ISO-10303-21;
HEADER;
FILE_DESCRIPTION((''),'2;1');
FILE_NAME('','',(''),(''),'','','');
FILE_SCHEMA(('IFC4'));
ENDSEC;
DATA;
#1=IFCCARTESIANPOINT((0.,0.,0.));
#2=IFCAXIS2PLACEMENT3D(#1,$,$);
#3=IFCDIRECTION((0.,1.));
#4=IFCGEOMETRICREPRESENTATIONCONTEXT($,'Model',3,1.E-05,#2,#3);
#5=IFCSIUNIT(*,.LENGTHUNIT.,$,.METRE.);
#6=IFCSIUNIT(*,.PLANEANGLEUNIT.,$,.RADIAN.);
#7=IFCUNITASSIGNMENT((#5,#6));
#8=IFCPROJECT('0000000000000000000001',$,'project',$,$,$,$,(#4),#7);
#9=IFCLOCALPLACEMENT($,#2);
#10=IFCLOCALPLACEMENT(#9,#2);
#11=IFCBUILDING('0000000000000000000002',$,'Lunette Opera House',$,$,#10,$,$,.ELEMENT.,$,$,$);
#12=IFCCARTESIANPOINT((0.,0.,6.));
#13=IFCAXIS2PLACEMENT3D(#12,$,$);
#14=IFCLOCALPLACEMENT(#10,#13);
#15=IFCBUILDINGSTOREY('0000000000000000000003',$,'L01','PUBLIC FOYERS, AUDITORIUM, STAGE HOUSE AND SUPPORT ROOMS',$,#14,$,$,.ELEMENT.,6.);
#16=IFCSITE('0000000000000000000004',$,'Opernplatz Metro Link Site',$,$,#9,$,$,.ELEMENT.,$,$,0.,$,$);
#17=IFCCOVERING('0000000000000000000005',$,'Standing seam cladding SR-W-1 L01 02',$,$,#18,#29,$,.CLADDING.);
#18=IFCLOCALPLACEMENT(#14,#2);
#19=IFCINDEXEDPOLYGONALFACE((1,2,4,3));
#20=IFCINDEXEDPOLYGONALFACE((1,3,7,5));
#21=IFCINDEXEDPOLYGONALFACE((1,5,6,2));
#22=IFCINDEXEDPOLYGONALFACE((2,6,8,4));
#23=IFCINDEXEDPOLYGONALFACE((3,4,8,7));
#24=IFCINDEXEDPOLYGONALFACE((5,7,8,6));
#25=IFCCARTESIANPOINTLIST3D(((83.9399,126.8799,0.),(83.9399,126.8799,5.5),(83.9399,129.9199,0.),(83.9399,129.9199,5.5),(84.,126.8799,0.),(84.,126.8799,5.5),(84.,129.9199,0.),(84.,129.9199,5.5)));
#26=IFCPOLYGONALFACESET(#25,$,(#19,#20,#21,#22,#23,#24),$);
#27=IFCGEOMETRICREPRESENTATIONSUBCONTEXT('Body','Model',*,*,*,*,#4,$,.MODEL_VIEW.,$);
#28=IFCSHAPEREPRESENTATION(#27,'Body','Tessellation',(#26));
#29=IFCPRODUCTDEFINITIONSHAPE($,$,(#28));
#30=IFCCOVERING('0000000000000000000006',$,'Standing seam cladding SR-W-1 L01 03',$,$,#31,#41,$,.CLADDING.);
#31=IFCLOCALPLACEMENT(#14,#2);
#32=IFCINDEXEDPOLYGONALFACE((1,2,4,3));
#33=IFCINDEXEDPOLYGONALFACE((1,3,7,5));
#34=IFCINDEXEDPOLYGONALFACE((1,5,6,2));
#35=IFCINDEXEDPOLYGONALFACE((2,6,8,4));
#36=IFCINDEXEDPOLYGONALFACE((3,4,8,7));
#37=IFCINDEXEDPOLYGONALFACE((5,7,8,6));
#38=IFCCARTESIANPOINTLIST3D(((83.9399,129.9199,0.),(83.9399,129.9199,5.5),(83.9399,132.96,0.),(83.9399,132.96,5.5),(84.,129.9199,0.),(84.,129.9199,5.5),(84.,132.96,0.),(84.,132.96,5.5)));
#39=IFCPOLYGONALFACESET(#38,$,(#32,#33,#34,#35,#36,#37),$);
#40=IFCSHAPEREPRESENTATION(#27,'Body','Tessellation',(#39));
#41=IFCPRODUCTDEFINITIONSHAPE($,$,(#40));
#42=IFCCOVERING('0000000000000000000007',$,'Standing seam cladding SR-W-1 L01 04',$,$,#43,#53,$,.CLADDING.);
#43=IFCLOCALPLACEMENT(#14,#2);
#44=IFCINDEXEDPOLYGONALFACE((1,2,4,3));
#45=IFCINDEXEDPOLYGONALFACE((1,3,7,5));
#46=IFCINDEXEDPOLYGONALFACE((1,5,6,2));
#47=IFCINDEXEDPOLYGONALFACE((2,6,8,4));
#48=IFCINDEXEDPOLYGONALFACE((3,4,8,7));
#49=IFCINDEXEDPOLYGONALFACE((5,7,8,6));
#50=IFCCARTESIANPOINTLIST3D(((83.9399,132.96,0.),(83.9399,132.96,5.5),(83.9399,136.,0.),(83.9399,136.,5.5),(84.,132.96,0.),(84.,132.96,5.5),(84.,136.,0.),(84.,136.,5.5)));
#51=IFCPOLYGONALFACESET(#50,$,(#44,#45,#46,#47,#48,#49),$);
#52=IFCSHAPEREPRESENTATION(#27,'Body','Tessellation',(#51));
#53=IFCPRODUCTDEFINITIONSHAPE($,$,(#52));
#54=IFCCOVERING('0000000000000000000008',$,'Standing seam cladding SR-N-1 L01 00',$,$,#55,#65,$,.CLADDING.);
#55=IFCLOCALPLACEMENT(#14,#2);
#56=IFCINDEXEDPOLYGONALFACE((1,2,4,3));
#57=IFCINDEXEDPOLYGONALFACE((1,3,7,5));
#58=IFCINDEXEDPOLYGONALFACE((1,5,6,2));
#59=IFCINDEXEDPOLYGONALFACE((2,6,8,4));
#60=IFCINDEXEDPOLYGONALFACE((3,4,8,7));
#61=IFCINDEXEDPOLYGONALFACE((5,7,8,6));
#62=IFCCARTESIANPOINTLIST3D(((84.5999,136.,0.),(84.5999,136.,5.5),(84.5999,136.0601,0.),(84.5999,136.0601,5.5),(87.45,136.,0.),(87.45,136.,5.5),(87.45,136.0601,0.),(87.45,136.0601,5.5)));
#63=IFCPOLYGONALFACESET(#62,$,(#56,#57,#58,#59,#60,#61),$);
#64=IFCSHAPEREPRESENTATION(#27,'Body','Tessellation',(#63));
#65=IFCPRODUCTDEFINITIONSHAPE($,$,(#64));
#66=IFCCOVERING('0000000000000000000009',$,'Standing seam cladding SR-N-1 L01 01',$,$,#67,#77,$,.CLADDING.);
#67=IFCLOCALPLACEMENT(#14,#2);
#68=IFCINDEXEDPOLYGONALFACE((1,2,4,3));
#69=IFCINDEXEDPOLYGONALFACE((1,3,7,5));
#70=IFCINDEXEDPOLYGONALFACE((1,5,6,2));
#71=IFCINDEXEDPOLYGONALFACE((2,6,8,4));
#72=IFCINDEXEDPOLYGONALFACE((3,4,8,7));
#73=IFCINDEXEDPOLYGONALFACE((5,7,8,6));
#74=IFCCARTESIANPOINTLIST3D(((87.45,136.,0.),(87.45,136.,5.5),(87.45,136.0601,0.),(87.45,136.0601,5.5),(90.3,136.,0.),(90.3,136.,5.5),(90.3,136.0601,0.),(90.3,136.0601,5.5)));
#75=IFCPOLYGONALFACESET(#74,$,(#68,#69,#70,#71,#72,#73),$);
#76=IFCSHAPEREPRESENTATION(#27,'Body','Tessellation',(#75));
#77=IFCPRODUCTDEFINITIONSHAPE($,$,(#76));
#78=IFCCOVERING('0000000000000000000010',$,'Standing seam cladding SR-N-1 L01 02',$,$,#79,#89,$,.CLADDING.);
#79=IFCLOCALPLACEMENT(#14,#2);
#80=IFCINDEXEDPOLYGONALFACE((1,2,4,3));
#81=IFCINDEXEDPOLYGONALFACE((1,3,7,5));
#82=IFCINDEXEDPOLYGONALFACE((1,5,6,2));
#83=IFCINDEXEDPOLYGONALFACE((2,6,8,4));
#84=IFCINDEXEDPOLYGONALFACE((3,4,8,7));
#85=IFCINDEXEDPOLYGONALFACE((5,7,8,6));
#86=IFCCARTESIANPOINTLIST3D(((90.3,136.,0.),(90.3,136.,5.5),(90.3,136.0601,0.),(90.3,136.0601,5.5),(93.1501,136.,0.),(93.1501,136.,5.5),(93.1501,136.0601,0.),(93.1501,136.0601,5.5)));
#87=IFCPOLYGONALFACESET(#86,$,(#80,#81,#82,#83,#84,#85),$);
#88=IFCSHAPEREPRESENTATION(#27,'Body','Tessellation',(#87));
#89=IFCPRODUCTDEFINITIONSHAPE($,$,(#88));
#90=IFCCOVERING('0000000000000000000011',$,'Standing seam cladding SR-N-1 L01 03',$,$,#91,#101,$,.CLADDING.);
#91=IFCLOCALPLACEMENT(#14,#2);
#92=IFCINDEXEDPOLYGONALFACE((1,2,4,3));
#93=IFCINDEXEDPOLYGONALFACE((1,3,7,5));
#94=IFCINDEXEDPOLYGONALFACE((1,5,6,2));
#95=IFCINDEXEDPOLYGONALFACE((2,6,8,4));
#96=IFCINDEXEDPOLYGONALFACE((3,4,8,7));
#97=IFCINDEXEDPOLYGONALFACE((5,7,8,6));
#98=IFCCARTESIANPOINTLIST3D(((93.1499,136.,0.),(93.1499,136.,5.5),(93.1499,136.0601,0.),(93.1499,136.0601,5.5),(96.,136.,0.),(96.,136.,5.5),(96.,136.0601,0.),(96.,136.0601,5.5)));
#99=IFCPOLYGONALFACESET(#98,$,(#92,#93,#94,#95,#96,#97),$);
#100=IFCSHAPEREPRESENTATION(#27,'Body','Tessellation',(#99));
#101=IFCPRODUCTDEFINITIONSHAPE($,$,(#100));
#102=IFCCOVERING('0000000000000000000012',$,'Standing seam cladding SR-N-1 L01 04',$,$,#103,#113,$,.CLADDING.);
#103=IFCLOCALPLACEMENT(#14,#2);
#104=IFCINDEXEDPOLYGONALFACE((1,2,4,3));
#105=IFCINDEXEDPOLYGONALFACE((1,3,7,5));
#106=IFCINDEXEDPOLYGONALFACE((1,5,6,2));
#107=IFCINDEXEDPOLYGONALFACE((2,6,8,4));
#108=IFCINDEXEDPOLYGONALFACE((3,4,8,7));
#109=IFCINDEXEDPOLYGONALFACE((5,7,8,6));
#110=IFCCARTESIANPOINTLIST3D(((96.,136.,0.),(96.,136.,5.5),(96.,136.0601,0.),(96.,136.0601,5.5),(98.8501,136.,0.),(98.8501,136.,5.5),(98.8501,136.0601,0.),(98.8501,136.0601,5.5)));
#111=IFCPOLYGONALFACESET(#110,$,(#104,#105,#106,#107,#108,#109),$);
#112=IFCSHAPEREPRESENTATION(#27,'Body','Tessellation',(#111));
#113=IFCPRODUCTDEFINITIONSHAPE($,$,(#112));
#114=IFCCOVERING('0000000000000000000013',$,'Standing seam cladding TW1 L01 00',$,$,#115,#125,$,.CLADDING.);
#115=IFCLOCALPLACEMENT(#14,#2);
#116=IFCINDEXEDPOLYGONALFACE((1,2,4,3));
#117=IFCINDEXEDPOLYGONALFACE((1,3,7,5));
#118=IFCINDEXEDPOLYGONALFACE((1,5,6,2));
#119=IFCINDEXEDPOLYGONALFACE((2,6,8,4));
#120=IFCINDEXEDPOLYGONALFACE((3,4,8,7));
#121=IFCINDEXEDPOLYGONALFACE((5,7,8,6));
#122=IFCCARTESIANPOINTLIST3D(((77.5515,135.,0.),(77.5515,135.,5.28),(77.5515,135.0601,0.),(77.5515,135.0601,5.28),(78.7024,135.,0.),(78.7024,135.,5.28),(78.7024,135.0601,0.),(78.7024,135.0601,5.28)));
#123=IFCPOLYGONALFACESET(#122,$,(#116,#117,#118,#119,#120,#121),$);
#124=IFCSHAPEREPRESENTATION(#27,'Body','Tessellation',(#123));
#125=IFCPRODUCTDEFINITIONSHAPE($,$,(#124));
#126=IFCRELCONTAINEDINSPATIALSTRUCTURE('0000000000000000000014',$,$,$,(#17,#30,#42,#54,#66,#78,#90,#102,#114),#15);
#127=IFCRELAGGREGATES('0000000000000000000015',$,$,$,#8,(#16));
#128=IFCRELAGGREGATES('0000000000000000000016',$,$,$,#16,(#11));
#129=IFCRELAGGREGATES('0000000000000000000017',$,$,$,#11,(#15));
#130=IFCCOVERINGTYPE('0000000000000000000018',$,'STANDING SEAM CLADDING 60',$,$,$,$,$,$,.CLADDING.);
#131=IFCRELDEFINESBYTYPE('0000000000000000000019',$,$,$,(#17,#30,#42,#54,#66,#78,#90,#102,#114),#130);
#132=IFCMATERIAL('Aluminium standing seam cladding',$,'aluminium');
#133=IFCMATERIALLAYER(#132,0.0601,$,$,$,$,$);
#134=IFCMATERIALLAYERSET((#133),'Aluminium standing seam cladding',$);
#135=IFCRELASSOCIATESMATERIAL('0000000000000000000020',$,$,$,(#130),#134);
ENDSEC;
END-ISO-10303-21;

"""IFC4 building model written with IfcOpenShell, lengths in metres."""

from ifc_helpers import new_model, si_unit, direction, frame, origin, origin_2d, place, context, subcontext, project, spatial, rectangle, extrude, material, layer, layer_set, type_object, element, save


model = new_model("IFC4")

# Units and contexts
model_context = context("Model", 3, precision=1e-05, world=origin(), true_north=direction((0.0, 1.0)))
body_context = subcontext(model_context, "Body", "Model", "MODEL_VIEW")
ifc_project = project(units=[si_unit("LENGTHUNIT", "METRE"), si_unit("PLANEANGLEUNIT", "RADIAN")], contexts=[model_context])

# Site, building, storey
site_placement = place(None, origin())
site = spatial("IfcSite", under=ifc_project, at=site_placement, Name="Opernplatz Metro Link Site", CompositionType="ELEMENT", RefElevation=0.0)
building_placement = place(site_placement, origin())
building = spatial("IfcBuilding", under=site, at=building_placement, Name="Lunette Opera House", CompositionType="ELEMENT")
storey_placement = place(building_placement, frame((0.0, 0.0, 6.0)))
storey = spatial("IfcBuildingStorey", under=building, at=storey_placement, Name="L01", Description="PUBLIC FOYERS, AUDITORIUM, STAGE HOUSE AND SUPPORT ROOMS", CompositionType="ELEMENT", Elevation=6.0)

# Coverings
ifc_material_1 = material(Name="Aluminium standing seam cladding", Category="aluminium")
ifc_layer_1 = layer(ifc_material_1, 0.0601)
ifc_layer_set_1 = layer_set([ifc_layer_1], Name="Aluminium standing seam cladding")
covering_type = type_object("IfcCoveringType", Name="STANDING SEAM CLADDING 60", PredefinedType="CLADDING", material=ifc_layer_set_1)
for number, where, z_axis, x_axis, name in (
    (1, (83.97, 128.3999, 0.0), (0.0, 0.0, 1.0), (0.0, 1.0, 0.0), "Standing seam cladding SR-W-1 L01 02"),
    (2, (83.97, 131.4399, 0.0), (0.0, 0.0, 1.0), (0.0, 1.0, 0.0), "Standing seam cladding SR-W-1 L01 03"),
    (3, (83.97, 134.48, 0.0), (0.0, 0.0, 1.0), (0.0, 1.0, 0.0), "Standing seam cladding SR-W-1 L01 04"),
):
    element("IfcCovering", number, at=place(storey_placement, frame(where, z_axis=z_axis, x_axis=x_axis)), inside=storey, type_object=covering_type, Name=name, PredefinedType="CLADDING", context=body_context, shape_type="SweptSolid", body=[
        extrude(rectangle(XDim=3.04, YDim=0.0601, at=origin_2d()), origin(), (0.0, 0.0, 1.0), 5.5),
    ])
for number, where, z_axis, x_axis, name in (
    (4, (86.0249, 136.03, 0.0), (0.0, 0.0, 1.0), (1.0, 0.0, 0.0), "Standing seam cladding SR-N-1 L01 00"),
    (5, (88.875, 136.03, 0.0), (0.0, 0.0, 1.0), (1.0, 0.0, 0.0), "Standing seam cladding SR-N-1 L01 01"),
    (6, (91.7251, 136.03, 0.0), (0.0, 0.0, 1.0), (1.0, 0.0, 0.0), "Standing seam cladding SR-N-1 L01 02"),
    (7, (94.575, 136.03, 0.0), (0.0, 0.0, 1.0), (1.0, 0.0, 0.0), "Standing seam cladding SR-N-1 L01 03"),
    (8, (97.425, 136.03, 0.0), (0.0, 0.0, 1.0), (1.0, 0.0, 0.0), "Standing seam cladding SR-N-1 L01 04"),
):
    element("IfcCovering", number, at=place(storey_placement, frame(where, z_axis=z_axis, x_axis=x_axis)), inside=storey, type_object=covering_type, Name=name, PredefinedType="CLADDING", context=body_context, shape_type="SweptSolid", body=[
        extrude(rectangle(XDim=2.8501, YDim=0.0601, at=origin_2d()), origin(), (0.0, 0.0, 1.0), 5.5),
    ])
covering_placement = place(storey_placement, frame((78.127, 135.03, 0.0), z_axis=(0.0, 0.0, 1.0), x_axis=(-1.0, 0.0, 0.0)))
element("IfcCovering", 9, at=covering_placement, inside=storey, type_object=covering_type, Name="Standing seam cladding TW1 L01 00", PredefinedType="CLADDING", context=body_context, shape_type="SweptSolid", body=[
    extrude(rectangle(XDim=1.1509, YDim=0.0601, at=origin_2d()), origin(), (0.0, 0.0, 1.0), 5.28),
])

save(model, "model.ifc")
